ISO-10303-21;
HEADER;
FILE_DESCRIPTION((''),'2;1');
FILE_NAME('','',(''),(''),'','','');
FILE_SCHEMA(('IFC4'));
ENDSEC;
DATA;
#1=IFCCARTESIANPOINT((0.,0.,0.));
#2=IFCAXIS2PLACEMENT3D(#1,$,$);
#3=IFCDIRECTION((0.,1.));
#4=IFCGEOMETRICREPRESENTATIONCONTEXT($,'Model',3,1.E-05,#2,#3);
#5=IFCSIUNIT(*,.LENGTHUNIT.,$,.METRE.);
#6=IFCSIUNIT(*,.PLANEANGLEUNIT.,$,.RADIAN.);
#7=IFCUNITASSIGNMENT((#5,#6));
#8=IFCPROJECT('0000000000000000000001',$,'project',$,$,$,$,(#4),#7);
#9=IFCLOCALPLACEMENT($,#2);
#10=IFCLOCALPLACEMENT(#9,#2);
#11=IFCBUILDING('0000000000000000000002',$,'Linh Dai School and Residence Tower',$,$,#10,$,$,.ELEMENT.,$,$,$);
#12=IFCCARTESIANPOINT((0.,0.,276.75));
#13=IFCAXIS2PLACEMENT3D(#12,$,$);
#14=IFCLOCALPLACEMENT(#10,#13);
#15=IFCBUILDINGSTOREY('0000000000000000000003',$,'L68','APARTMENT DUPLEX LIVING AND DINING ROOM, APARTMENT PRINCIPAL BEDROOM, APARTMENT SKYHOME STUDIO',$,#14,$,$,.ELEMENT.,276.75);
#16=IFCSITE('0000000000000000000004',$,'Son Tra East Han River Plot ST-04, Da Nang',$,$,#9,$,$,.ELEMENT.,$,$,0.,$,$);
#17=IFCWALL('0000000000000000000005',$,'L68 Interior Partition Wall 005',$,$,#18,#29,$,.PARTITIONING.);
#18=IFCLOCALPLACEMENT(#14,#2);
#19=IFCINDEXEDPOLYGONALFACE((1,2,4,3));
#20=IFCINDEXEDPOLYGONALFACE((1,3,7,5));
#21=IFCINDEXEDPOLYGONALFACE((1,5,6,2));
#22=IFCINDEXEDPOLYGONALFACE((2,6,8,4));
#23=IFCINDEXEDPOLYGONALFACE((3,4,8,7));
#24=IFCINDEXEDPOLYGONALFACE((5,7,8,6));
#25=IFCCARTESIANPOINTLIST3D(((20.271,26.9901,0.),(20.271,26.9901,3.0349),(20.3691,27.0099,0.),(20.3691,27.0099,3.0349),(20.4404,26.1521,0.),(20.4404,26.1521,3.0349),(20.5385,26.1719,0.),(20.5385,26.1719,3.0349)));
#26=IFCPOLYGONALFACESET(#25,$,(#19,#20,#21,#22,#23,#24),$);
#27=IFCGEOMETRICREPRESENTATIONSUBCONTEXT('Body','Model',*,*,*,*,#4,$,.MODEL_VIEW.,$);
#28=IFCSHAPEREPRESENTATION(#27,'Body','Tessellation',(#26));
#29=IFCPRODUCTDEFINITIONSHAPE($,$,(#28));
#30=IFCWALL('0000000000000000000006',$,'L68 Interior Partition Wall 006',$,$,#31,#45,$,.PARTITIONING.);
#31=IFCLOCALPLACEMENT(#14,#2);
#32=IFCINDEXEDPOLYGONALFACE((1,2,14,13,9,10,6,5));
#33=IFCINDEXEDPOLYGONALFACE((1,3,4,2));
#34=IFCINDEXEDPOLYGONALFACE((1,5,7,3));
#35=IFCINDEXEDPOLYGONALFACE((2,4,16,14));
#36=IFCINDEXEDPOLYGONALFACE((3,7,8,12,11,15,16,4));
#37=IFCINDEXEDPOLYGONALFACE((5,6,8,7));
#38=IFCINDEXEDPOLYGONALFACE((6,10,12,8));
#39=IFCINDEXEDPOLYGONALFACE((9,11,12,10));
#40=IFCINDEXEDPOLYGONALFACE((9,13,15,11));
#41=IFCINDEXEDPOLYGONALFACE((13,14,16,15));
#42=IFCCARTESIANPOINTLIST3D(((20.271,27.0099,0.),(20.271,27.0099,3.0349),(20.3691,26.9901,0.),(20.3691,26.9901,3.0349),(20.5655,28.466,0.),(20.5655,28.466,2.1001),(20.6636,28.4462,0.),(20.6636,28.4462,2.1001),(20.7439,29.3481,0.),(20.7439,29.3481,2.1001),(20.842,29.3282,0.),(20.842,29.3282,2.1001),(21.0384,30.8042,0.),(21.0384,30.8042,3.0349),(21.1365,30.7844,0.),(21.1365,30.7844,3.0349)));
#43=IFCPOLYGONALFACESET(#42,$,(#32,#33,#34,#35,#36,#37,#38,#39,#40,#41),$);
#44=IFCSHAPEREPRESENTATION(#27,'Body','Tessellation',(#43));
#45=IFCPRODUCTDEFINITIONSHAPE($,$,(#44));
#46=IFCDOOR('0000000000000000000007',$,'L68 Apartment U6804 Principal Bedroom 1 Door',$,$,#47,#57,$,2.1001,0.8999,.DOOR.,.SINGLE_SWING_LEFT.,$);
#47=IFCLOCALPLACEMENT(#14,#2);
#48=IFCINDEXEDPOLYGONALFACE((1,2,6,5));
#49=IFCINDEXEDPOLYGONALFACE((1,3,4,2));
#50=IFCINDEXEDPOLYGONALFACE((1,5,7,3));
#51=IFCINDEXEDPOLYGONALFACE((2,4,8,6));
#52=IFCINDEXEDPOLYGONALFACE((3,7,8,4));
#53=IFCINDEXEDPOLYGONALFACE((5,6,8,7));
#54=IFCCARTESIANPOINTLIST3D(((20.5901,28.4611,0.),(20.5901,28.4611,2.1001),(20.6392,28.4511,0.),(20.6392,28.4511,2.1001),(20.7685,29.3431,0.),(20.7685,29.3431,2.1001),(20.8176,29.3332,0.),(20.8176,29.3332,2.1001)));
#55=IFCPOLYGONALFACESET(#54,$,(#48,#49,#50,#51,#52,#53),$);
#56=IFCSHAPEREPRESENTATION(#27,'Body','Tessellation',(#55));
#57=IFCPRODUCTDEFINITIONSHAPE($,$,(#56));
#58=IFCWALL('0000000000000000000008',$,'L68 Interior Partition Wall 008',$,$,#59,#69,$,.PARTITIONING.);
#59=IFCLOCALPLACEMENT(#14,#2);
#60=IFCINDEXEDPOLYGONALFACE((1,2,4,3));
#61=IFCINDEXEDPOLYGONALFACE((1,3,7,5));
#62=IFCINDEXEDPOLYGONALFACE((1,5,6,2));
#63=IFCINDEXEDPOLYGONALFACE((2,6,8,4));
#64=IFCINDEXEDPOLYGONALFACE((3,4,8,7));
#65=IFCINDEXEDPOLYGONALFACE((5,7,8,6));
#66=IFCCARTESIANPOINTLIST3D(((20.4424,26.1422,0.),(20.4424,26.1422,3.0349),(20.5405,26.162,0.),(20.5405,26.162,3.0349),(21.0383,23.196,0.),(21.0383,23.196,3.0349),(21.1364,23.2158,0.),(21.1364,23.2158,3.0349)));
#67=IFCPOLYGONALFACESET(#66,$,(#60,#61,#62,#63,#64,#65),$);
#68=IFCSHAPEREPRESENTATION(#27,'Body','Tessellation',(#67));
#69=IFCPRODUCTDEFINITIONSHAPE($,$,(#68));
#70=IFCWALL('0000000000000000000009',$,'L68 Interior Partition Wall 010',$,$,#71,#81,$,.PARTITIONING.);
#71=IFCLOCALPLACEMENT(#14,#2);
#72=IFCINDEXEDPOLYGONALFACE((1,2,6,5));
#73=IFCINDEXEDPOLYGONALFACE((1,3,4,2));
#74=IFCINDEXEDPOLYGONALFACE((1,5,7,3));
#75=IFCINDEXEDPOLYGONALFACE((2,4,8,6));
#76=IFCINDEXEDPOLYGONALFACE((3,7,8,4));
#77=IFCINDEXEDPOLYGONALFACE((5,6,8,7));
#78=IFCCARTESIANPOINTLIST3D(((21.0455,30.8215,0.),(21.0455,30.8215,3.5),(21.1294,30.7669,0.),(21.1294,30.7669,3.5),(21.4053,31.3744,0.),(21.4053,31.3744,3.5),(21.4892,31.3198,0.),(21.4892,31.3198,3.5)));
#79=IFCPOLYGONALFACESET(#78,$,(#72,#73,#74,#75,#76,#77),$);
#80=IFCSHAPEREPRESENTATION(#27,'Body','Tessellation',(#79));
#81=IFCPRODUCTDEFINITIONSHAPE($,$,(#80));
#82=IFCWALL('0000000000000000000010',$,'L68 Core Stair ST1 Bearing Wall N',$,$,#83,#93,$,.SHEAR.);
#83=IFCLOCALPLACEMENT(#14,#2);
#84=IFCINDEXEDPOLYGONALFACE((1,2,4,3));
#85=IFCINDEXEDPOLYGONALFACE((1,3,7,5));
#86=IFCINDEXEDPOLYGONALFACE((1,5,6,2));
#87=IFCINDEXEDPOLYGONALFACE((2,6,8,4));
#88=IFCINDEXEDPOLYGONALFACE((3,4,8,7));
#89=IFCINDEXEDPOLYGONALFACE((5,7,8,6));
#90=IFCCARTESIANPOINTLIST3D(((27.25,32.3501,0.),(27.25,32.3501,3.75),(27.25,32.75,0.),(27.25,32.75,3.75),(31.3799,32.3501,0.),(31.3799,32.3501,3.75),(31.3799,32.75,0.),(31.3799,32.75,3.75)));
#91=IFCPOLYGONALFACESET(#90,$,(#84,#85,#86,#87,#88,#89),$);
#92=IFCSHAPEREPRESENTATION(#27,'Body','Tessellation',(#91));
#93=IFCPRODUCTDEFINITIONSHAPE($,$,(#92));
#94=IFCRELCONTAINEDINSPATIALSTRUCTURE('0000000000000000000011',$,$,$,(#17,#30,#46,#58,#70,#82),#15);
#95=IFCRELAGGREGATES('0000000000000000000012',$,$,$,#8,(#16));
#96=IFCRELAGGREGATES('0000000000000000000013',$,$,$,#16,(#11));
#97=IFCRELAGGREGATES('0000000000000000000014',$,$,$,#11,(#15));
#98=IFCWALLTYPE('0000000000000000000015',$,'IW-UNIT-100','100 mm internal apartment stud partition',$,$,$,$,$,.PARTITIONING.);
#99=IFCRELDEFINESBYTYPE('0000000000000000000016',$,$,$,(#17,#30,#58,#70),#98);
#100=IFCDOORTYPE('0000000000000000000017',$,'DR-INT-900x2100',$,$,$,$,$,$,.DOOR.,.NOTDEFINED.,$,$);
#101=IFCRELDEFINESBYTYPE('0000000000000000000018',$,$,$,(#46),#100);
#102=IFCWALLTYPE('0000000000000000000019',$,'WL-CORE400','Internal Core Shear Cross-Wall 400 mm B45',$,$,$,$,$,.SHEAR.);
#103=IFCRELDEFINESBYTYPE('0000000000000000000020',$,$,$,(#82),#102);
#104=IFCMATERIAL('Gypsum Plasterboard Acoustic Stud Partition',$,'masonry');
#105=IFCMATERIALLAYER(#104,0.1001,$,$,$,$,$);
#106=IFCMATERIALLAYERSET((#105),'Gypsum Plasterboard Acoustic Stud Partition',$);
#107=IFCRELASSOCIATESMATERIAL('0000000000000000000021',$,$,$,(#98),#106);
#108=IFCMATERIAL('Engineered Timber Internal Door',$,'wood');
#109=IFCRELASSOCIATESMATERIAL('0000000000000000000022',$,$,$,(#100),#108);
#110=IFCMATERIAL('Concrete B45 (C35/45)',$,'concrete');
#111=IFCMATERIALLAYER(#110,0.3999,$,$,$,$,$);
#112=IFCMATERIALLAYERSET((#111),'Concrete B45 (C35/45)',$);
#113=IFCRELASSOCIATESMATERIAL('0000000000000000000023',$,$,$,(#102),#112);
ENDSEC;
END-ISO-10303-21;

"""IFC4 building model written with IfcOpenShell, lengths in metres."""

from ifc_helpers import new_model, si_unit, direction, frame, frame_2d, origin, origin_2d, place, context, subcontext, project, spatial, rectangle, extrude, source, transform, mapped, material, layer, layer_set, type_object, element, fill, save


model = new_model("IFC4")

# Units and contexts
model_context = context("Model", 3, precision=1e-05, world=origin(), true_north=direction((0.0, 1.0)))
body_context = subcontext(model_context, "Body", "Model", "MODEL_VIEW")
ifc_project = project(units=[si_unit("LENGTHUNIT", "METRE"), si_unit("PLANEANGLEUNIT", "RADIAN")], contexts=[model_context])

# Site, building, storey
site_placement = place(None, origin())
site = spatial("IfcSite", under=ifc_project, at=site_placement, Name="Son Tra East Han River Plot ST-04, Da Nang", CompositionType="ELEMENT", RefElevation=0.0)
building_placement = place(site_placement, origin())
building = spatial("IfcBuilding", under=site, at=building_placement, Name="Linh Dai School and Residence Tower", CompositionType="ELEMENT")
storey_placement = place(building_placement, frame((0.0, 0.0, 276.75)))
storey = spatial("IfcBuildingStorey", under=building, at=storey_placement, Name="L68", Description="APARTMENT DUPLEX LIVING AND DINING ROOM, APARTMENT PRINCIPAL BEDROOM, APARTMENT SKYHOME STUDIO", CompositionType="ELEMENT", Elevation=276.75)

# Shared definitions
ifc_material_1 = material(Name="Concrete B45 (C35/45)", Category="concrete")

# Wall
ifc_material_2 = material(Name="Gypsum Plasterboard Acoustic Stud Partition", Category="masonry")
ifc_layer_1 = layer(ifc_material_2, 0.1001)
ifc_layer_set_1 = layer_set([ifc_layer_1], Name="Gypsum Plasterboard Acoustic Stud Partition")
wall_type_1 = type_object("IfcWallType", Name="IW-UNIT-100", Description="100 mm internal apartment stud partition", PredefinedType="PARTITIONING", material=ifc_layer_set_1)
wall_1_placement = place(storey_placement, frame((20.3201, 27.0, 0.0), z_axis=(0.0, 0.0, 1.0), x_axis=(0.198147, -0.980172, 0.0)))
element("IfcWall", 1, at=wall_1_placement, inside=storey, type_object=wall_type_1, Name="L68 Interior Partition Wall 005", PredefinedType="PARTITIONING", context=body_context, shape_type="SweptSolid", body=[
    extrude(rectangle(XDim=0.855, YDim=0.1001, at=frame_2d((0.4275, 0.0))), origin(), (0.0, 0.0, 1.0), 3.0349),
])

# Wall, opening, door
wall_2_placement = place(storey_placement, frame((20.3201, 27.0, 0.0), z_axis=(0.0, 0.0, 1.0), x_axis=(0.198226, 0.980156, 0.0)))
wall_2 = element("IfcWall", 2, at=wall_2_placement, inside=storey, type_object=wall_type_1, Name="L68 Interior Partition Wall 006", PredefinedType="PARTITIONING", context=body_context, shape_type="SweptSolid", body=[
    extrude(rectangle(XDim=3.8711, YDim=0.1001, at=frame_2d((1.9355, 0.0))), origin(), (0.0, 0.0, 1.0), 3.0349),
])
opening_1_placement = place(wall_2_placement, frame((1.4856, 0.0, 0.0)))
opening_1 = element("IfcOpeningElement", 3, at=opening_1_placement, cuts=wall_2, PredefinedType="OPENING", context=body_context, shape_type="SweptSolid", body=[
    extrude(rectangle(XDim=0.8999, YDim=2.1001, at=origin_2d()), frame((0.45, 0.0601, 1.05), z_axis=(0.0, -1.0, 0.0), x_axis=(1.0, 0.0, 0.0)), (0.0, 0.0, 1.0), 0.1201),
])
ifc_material_3 = material(Name="Engineered Timber Internal Door", Category="wood")
door_type = type_object("IfcDoorType", Name="DR-INT-900x2100", OperationType="NOTDEFINED", PredefinedType="DOOR", material=ifc_material_3)
shared_shape_1 = source(origin(), body_context, "Body", "SweptSolid", [
    extrude(rectangle(XDim=0.8999, YDim=2.1001, at=origin_2d()), frame((0.45, 0.0249, 1.05), z_axis=(0.0, -1.0, 0.0), x_axis=(1.0, 0.0, 0.0)), (0.0, 0.0, 1.0), 0.05),
])
door_placement = place(opening_1_placement, origin())
door = element("IfcDoor", 4, at=door_placement, inside=storey, type_object=door_type, Name="L68 Apartment U6804 Principal Bedroom 1 Door", OperationType="SINGLE_SWING_LEFT", OverallHeight=2.1001, OverallWidth=0.8999, PredefinedType="DOOR", context=body_context, shape_type="MappedRepresentation", body=[
    mapped(shared_shape_1, transform((0.0, 0.0, 0.0), x_axis=(1.0, 0.0, 0.0), y_axis=(0.0, 1.0, 0.0), z_axis=(0.0, 0.0, 1.0), scale=1.0)),
])
fill(opening_1, door)

# Walls
wall_3_placement = place(storey_placement, frame((20.4915, 26.1521, 0.0), z_axis=(0.0, 0.0, 1.0), x_axis=(0.198255, -0.98015, 0.0)))
element("IfcWall", 5, at=wall_3_placement, inside=storey, type_object=wall_type_1, Name="L68 Interior Partition Wall 008", PredefinedType="PARTITIONING", context=body_context, shape_type="SweptSolid", body=[
    extrude(rectangle(XDim=3.0059, YDim=0.1001, at=frame_2d((1.5029, 0.0))), origin(), (0.0, 0.0, 1.0), 3.0349),
])
wall_4_placement = place(storey_placement, frame((21.0874, 30.7942, 0.0), z_axis=(0.0, 0.0, 1.0), x_axis=(0.545444, 0.838148, 0.0)))
element("IfcWall", 6, at=wall_4_placement, inside=storey, type_object=wall_type_1, Name="L68 Interior Partition Wall 010", PredefinedType="PARTITIONING", context=body_context, shape_type="SweptSolid", body=[
    extrude(rectangle(XDim=0.6597, YDim=0.1001, at=frame_2d((0.3298, 0.0))), origin(), (0.0, 0.0, 1.0), 3.5),
])
ifc_layer_2 = layer(ifc_material_1, 0.3999)
ifc_layer_set_2 = layer_set([ifc_layer_2], Name="Concrete B45 (C35/45)")
wall_type_2 = type_object("IfcWallType", Name="WL-CORE400", Description="Internal Core Shear Cross-Wall 400 mm B45", PredefinedType="SHEAR", material=ifc_layer_set_2)
wall_5_placement = place(storey_placement, frame((27.25, 32.55, 0.0), z_axis=(0.0, 0.0, 1.0), x_axis=(1.0, 0.0, 0.0)))
element("IfcWall", 7, at=wall_5_placement, inside=storey, type_object=wall_type_2, Name="L68 Core Stair ST1 Bearing Wall N", PredefinedType="SHEAR", context=body_context, shape_type="SweptSolid", body=[
    extrude(rectangle(XDim=4.1299, YDim=0.3999, at=frame_2d((2.0649, 0.0))), origin(), (0.0, 0.0, 1.0), 3.75),
])

save(model, "model.ifc")
